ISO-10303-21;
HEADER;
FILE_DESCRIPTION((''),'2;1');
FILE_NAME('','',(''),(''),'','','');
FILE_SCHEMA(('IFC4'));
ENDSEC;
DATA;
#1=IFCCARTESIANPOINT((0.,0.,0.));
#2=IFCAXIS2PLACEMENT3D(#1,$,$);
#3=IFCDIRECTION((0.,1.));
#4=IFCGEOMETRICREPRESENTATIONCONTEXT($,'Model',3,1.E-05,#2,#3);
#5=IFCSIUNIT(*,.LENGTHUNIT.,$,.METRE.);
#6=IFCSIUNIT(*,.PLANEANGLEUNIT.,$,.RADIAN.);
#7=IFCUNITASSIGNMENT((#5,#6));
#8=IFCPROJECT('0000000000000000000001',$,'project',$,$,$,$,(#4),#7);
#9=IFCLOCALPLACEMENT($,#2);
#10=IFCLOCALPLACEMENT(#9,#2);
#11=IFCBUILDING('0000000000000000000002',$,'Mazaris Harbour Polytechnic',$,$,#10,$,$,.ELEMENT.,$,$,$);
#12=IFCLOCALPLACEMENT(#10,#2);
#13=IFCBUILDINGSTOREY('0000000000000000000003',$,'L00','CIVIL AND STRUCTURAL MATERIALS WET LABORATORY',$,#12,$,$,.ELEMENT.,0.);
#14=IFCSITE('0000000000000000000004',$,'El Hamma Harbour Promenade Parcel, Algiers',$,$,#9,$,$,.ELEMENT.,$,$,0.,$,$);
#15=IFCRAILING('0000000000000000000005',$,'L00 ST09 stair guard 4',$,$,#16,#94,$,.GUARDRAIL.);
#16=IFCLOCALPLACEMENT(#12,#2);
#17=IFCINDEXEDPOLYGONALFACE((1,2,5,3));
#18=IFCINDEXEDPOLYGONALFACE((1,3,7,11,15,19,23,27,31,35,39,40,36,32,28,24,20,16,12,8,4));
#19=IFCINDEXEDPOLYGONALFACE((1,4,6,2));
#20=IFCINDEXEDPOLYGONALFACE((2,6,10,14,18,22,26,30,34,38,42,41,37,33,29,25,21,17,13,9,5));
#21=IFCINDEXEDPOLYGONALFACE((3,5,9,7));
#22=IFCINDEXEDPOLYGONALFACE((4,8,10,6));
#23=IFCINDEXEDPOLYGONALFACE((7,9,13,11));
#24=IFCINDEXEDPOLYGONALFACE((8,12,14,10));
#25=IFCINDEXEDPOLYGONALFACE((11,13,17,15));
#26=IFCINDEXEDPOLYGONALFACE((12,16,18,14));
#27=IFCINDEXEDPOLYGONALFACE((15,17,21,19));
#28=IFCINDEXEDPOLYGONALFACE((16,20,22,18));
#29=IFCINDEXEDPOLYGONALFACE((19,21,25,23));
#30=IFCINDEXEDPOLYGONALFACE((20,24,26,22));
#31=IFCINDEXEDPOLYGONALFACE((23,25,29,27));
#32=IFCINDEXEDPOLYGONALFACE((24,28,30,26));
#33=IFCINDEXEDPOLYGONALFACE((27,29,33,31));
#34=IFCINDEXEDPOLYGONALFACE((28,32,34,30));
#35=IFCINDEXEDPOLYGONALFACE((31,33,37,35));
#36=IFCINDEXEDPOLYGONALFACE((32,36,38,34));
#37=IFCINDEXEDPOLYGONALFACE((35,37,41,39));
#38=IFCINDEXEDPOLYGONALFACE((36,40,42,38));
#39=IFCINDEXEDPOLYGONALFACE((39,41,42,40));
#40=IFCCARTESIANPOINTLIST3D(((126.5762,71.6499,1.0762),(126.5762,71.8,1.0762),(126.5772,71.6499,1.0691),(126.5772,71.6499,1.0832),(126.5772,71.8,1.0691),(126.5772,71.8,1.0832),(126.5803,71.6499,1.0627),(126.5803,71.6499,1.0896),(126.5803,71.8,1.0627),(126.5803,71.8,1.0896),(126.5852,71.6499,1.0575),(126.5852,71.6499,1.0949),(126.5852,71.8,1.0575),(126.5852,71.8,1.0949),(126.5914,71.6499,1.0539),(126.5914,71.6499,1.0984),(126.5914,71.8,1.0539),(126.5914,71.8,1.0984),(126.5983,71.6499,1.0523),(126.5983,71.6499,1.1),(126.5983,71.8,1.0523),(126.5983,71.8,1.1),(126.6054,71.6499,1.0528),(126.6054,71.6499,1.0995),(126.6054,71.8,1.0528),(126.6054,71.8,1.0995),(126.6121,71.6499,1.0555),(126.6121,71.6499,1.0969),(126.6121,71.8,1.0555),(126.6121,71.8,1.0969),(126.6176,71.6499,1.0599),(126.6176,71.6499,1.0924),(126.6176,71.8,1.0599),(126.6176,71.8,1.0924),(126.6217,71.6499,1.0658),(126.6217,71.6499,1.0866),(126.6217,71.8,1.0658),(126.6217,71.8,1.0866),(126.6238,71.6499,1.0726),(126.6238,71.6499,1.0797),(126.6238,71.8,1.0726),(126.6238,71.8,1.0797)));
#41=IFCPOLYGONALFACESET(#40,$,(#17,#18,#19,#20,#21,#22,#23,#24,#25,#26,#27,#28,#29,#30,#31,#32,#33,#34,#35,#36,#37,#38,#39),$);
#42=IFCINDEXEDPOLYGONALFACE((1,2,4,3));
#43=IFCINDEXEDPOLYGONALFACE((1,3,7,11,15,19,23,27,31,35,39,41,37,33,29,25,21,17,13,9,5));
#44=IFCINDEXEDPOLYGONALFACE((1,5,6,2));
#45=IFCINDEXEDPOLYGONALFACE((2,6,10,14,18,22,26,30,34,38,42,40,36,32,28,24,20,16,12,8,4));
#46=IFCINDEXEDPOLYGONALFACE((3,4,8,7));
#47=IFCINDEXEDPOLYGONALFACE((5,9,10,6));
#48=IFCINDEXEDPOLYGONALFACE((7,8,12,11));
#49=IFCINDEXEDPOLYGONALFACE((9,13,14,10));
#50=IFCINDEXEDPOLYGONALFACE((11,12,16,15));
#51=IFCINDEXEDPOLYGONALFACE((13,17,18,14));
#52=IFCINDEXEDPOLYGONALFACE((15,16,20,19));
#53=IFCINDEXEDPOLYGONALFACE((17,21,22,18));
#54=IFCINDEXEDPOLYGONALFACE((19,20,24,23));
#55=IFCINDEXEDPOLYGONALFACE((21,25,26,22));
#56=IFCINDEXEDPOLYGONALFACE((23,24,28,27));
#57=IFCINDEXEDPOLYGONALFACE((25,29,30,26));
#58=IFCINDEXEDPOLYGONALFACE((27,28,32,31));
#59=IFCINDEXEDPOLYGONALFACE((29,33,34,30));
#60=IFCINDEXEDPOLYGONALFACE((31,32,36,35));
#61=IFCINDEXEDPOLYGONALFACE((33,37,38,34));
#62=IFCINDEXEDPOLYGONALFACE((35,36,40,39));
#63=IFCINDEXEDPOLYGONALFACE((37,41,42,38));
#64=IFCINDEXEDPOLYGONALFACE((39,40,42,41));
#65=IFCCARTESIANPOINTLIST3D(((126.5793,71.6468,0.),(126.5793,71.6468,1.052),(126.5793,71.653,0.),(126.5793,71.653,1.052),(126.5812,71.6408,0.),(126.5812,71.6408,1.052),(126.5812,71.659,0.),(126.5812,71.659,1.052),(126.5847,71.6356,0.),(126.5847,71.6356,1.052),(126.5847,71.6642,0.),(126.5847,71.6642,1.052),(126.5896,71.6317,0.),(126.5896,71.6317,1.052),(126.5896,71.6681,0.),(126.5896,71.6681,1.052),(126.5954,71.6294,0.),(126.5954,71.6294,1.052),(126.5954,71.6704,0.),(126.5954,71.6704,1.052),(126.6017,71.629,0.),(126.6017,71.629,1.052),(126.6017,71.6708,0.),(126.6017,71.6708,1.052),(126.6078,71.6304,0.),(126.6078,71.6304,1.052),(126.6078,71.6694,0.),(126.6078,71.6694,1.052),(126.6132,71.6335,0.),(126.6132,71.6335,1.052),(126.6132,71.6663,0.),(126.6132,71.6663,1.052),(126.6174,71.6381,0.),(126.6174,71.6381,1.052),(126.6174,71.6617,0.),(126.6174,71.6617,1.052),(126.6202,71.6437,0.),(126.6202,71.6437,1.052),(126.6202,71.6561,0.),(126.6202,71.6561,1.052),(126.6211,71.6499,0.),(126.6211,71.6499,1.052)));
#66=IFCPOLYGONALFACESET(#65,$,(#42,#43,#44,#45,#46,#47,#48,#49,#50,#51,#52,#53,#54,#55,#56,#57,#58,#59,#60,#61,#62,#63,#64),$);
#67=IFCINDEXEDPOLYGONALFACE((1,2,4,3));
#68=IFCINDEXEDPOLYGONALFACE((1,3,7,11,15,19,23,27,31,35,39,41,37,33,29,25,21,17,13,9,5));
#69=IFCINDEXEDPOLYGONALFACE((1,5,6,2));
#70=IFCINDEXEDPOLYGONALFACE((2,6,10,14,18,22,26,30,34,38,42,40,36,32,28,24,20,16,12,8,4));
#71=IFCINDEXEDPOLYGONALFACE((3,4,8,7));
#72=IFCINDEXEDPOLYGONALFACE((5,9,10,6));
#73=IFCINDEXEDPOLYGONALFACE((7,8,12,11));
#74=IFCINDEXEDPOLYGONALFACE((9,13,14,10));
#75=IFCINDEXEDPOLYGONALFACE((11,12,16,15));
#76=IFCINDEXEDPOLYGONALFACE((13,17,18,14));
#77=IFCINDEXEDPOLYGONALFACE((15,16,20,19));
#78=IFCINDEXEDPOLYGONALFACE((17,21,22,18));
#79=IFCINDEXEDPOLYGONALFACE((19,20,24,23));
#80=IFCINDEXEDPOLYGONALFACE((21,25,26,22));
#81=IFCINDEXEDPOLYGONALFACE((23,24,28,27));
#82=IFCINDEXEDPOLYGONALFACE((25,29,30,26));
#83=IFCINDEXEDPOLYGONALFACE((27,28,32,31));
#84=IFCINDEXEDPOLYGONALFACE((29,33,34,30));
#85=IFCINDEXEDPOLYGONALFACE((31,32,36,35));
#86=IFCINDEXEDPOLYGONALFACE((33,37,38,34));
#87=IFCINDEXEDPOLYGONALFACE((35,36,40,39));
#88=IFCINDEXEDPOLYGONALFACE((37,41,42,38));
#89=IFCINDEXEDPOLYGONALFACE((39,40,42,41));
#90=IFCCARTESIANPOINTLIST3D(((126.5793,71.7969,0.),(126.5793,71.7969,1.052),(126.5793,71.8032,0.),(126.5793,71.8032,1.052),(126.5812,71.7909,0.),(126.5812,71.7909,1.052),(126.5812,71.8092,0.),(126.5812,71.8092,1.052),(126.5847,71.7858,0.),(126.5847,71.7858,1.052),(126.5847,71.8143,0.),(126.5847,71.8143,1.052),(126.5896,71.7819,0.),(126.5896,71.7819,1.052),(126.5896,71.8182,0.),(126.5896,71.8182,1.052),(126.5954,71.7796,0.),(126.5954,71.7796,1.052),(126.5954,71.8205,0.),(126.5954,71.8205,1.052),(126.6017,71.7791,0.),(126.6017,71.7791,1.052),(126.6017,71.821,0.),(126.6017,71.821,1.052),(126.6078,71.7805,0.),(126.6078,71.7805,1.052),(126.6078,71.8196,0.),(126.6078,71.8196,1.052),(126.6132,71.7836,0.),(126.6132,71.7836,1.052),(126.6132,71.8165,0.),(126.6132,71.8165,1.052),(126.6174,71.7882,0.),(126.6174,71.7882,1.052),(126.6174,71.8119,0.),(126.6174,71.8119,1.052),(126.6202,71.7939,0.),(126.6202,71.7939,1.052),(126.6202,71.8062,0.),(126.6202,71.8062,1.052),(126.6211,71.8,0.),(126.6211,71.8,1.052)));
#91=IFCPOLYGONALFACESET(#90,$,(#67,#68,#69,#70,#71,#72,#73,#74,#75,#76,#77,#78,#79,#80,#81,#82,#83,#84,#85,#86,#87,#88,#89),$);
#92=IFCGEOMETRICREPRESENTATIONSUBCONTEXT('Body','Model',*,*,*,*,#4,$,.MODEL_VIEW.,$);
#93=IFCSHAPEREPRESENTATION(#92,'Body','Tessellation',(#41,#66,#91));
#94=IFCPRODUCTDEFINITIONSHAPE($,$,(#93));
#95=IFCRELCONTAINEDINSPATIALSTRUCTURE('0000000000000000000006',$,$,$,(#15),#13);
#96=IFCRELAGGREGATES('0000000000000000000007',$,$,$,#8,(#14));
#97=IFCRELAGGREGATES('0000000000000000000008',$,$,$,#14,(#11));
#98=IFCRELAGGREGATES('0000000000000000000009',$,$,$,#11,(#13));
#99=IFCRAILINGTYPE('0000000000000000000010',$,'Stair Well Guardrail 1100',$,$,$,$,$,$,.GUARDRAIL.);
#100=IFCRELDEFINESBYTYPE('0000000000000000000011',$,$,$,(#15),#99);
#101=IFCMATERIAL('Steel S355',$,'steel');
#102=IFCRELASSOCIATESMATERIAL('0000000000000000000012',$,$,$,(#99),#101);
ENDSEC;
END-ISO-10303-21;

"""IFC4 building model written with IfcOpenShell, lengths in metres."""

from ifc_helpers import new_model, si_unit, direction, frame, origin, origin_2d, place, context, subcontext, project, spatial, circle, extrude, material, type_object, element, save


model = new_model("IFC4")

# Units and contexts
model_context = context("Model", 3, precision=1e-05, world=origin(), true_north=direction((0.0, 1.0)))
body_context = subcontext(model_context, "Body", "Model", "MODEL_VIEW")
ifc_project = project(units=[si_unit("LENGTHUNIT", "METRE"), si_unit("PLANEANGLEUNIT", "RADIAN")], contexts=[model_context])

# Site, building, storey
site_placement = place(None, origin())
site = spatial("IfcSite", under=ifc_project, at=site_placement, Name="El Hamma Harbour Promenade Parcel, Algiers", CompositionType="ELEMENT", RefElevation=0.0)
building_placement = place(site_placement, origin())
building = spatial("IfcBuilding", under=site, at=building_placement, Name="Mazaris Harbour Polytechnic", CompositionType="ELEMENT")
storey_placement = place(building_placement, origin())
storey = spatial("IfcBuildingStorey", under=building, at=storey_placement, Name="L00", Description="CIVIL AND STRUCTURAL MATERIALS WET LABORATORY", CompositionType="ELEMENT", Elevation=0.0)

# Railing
ifc_material_1 = material(Name="Steel S355", Category="steel")
railing_type_1 = type_object("IfcRailingType", Name="Stair Well Guardrail 1100", PredefinedType="GUARDRAIL", material=ifc_material_1)
railing_1_placement = place(storey_placement, frame((126.6001, 71.6499, 0.0)))
element("IfcRailing", 1, at=railing_1_placement, inside=storey, type_object=railing_type_1, Name="L00 ST09 stair guard 4", PredefinedType="GUARDRAIL", context=body_context, shape_type="SweptSolid", body=[
    extrude(circle(Radius=0.0239, at=origin_2d()), frame((0.0, 0.0, 1.0762), z_axis=(0.0, 1.0, 0.0), x_axis=(-1.0, 0.0, 0.0)), (0.0, 0.0, 1.0), 0.1501),
    extrude(circle(Radius=0.021, at=origin_2d()), origin(), (0.0, 0.0, 1.0), 1.052),
    extrude(circle(Radius=0.021, at=origin_2d()), frame((0.0, 0.1501, 0.0)), (0.0, 0.0, 1.0), 1.052),
])

save(model, "model.ifc")
